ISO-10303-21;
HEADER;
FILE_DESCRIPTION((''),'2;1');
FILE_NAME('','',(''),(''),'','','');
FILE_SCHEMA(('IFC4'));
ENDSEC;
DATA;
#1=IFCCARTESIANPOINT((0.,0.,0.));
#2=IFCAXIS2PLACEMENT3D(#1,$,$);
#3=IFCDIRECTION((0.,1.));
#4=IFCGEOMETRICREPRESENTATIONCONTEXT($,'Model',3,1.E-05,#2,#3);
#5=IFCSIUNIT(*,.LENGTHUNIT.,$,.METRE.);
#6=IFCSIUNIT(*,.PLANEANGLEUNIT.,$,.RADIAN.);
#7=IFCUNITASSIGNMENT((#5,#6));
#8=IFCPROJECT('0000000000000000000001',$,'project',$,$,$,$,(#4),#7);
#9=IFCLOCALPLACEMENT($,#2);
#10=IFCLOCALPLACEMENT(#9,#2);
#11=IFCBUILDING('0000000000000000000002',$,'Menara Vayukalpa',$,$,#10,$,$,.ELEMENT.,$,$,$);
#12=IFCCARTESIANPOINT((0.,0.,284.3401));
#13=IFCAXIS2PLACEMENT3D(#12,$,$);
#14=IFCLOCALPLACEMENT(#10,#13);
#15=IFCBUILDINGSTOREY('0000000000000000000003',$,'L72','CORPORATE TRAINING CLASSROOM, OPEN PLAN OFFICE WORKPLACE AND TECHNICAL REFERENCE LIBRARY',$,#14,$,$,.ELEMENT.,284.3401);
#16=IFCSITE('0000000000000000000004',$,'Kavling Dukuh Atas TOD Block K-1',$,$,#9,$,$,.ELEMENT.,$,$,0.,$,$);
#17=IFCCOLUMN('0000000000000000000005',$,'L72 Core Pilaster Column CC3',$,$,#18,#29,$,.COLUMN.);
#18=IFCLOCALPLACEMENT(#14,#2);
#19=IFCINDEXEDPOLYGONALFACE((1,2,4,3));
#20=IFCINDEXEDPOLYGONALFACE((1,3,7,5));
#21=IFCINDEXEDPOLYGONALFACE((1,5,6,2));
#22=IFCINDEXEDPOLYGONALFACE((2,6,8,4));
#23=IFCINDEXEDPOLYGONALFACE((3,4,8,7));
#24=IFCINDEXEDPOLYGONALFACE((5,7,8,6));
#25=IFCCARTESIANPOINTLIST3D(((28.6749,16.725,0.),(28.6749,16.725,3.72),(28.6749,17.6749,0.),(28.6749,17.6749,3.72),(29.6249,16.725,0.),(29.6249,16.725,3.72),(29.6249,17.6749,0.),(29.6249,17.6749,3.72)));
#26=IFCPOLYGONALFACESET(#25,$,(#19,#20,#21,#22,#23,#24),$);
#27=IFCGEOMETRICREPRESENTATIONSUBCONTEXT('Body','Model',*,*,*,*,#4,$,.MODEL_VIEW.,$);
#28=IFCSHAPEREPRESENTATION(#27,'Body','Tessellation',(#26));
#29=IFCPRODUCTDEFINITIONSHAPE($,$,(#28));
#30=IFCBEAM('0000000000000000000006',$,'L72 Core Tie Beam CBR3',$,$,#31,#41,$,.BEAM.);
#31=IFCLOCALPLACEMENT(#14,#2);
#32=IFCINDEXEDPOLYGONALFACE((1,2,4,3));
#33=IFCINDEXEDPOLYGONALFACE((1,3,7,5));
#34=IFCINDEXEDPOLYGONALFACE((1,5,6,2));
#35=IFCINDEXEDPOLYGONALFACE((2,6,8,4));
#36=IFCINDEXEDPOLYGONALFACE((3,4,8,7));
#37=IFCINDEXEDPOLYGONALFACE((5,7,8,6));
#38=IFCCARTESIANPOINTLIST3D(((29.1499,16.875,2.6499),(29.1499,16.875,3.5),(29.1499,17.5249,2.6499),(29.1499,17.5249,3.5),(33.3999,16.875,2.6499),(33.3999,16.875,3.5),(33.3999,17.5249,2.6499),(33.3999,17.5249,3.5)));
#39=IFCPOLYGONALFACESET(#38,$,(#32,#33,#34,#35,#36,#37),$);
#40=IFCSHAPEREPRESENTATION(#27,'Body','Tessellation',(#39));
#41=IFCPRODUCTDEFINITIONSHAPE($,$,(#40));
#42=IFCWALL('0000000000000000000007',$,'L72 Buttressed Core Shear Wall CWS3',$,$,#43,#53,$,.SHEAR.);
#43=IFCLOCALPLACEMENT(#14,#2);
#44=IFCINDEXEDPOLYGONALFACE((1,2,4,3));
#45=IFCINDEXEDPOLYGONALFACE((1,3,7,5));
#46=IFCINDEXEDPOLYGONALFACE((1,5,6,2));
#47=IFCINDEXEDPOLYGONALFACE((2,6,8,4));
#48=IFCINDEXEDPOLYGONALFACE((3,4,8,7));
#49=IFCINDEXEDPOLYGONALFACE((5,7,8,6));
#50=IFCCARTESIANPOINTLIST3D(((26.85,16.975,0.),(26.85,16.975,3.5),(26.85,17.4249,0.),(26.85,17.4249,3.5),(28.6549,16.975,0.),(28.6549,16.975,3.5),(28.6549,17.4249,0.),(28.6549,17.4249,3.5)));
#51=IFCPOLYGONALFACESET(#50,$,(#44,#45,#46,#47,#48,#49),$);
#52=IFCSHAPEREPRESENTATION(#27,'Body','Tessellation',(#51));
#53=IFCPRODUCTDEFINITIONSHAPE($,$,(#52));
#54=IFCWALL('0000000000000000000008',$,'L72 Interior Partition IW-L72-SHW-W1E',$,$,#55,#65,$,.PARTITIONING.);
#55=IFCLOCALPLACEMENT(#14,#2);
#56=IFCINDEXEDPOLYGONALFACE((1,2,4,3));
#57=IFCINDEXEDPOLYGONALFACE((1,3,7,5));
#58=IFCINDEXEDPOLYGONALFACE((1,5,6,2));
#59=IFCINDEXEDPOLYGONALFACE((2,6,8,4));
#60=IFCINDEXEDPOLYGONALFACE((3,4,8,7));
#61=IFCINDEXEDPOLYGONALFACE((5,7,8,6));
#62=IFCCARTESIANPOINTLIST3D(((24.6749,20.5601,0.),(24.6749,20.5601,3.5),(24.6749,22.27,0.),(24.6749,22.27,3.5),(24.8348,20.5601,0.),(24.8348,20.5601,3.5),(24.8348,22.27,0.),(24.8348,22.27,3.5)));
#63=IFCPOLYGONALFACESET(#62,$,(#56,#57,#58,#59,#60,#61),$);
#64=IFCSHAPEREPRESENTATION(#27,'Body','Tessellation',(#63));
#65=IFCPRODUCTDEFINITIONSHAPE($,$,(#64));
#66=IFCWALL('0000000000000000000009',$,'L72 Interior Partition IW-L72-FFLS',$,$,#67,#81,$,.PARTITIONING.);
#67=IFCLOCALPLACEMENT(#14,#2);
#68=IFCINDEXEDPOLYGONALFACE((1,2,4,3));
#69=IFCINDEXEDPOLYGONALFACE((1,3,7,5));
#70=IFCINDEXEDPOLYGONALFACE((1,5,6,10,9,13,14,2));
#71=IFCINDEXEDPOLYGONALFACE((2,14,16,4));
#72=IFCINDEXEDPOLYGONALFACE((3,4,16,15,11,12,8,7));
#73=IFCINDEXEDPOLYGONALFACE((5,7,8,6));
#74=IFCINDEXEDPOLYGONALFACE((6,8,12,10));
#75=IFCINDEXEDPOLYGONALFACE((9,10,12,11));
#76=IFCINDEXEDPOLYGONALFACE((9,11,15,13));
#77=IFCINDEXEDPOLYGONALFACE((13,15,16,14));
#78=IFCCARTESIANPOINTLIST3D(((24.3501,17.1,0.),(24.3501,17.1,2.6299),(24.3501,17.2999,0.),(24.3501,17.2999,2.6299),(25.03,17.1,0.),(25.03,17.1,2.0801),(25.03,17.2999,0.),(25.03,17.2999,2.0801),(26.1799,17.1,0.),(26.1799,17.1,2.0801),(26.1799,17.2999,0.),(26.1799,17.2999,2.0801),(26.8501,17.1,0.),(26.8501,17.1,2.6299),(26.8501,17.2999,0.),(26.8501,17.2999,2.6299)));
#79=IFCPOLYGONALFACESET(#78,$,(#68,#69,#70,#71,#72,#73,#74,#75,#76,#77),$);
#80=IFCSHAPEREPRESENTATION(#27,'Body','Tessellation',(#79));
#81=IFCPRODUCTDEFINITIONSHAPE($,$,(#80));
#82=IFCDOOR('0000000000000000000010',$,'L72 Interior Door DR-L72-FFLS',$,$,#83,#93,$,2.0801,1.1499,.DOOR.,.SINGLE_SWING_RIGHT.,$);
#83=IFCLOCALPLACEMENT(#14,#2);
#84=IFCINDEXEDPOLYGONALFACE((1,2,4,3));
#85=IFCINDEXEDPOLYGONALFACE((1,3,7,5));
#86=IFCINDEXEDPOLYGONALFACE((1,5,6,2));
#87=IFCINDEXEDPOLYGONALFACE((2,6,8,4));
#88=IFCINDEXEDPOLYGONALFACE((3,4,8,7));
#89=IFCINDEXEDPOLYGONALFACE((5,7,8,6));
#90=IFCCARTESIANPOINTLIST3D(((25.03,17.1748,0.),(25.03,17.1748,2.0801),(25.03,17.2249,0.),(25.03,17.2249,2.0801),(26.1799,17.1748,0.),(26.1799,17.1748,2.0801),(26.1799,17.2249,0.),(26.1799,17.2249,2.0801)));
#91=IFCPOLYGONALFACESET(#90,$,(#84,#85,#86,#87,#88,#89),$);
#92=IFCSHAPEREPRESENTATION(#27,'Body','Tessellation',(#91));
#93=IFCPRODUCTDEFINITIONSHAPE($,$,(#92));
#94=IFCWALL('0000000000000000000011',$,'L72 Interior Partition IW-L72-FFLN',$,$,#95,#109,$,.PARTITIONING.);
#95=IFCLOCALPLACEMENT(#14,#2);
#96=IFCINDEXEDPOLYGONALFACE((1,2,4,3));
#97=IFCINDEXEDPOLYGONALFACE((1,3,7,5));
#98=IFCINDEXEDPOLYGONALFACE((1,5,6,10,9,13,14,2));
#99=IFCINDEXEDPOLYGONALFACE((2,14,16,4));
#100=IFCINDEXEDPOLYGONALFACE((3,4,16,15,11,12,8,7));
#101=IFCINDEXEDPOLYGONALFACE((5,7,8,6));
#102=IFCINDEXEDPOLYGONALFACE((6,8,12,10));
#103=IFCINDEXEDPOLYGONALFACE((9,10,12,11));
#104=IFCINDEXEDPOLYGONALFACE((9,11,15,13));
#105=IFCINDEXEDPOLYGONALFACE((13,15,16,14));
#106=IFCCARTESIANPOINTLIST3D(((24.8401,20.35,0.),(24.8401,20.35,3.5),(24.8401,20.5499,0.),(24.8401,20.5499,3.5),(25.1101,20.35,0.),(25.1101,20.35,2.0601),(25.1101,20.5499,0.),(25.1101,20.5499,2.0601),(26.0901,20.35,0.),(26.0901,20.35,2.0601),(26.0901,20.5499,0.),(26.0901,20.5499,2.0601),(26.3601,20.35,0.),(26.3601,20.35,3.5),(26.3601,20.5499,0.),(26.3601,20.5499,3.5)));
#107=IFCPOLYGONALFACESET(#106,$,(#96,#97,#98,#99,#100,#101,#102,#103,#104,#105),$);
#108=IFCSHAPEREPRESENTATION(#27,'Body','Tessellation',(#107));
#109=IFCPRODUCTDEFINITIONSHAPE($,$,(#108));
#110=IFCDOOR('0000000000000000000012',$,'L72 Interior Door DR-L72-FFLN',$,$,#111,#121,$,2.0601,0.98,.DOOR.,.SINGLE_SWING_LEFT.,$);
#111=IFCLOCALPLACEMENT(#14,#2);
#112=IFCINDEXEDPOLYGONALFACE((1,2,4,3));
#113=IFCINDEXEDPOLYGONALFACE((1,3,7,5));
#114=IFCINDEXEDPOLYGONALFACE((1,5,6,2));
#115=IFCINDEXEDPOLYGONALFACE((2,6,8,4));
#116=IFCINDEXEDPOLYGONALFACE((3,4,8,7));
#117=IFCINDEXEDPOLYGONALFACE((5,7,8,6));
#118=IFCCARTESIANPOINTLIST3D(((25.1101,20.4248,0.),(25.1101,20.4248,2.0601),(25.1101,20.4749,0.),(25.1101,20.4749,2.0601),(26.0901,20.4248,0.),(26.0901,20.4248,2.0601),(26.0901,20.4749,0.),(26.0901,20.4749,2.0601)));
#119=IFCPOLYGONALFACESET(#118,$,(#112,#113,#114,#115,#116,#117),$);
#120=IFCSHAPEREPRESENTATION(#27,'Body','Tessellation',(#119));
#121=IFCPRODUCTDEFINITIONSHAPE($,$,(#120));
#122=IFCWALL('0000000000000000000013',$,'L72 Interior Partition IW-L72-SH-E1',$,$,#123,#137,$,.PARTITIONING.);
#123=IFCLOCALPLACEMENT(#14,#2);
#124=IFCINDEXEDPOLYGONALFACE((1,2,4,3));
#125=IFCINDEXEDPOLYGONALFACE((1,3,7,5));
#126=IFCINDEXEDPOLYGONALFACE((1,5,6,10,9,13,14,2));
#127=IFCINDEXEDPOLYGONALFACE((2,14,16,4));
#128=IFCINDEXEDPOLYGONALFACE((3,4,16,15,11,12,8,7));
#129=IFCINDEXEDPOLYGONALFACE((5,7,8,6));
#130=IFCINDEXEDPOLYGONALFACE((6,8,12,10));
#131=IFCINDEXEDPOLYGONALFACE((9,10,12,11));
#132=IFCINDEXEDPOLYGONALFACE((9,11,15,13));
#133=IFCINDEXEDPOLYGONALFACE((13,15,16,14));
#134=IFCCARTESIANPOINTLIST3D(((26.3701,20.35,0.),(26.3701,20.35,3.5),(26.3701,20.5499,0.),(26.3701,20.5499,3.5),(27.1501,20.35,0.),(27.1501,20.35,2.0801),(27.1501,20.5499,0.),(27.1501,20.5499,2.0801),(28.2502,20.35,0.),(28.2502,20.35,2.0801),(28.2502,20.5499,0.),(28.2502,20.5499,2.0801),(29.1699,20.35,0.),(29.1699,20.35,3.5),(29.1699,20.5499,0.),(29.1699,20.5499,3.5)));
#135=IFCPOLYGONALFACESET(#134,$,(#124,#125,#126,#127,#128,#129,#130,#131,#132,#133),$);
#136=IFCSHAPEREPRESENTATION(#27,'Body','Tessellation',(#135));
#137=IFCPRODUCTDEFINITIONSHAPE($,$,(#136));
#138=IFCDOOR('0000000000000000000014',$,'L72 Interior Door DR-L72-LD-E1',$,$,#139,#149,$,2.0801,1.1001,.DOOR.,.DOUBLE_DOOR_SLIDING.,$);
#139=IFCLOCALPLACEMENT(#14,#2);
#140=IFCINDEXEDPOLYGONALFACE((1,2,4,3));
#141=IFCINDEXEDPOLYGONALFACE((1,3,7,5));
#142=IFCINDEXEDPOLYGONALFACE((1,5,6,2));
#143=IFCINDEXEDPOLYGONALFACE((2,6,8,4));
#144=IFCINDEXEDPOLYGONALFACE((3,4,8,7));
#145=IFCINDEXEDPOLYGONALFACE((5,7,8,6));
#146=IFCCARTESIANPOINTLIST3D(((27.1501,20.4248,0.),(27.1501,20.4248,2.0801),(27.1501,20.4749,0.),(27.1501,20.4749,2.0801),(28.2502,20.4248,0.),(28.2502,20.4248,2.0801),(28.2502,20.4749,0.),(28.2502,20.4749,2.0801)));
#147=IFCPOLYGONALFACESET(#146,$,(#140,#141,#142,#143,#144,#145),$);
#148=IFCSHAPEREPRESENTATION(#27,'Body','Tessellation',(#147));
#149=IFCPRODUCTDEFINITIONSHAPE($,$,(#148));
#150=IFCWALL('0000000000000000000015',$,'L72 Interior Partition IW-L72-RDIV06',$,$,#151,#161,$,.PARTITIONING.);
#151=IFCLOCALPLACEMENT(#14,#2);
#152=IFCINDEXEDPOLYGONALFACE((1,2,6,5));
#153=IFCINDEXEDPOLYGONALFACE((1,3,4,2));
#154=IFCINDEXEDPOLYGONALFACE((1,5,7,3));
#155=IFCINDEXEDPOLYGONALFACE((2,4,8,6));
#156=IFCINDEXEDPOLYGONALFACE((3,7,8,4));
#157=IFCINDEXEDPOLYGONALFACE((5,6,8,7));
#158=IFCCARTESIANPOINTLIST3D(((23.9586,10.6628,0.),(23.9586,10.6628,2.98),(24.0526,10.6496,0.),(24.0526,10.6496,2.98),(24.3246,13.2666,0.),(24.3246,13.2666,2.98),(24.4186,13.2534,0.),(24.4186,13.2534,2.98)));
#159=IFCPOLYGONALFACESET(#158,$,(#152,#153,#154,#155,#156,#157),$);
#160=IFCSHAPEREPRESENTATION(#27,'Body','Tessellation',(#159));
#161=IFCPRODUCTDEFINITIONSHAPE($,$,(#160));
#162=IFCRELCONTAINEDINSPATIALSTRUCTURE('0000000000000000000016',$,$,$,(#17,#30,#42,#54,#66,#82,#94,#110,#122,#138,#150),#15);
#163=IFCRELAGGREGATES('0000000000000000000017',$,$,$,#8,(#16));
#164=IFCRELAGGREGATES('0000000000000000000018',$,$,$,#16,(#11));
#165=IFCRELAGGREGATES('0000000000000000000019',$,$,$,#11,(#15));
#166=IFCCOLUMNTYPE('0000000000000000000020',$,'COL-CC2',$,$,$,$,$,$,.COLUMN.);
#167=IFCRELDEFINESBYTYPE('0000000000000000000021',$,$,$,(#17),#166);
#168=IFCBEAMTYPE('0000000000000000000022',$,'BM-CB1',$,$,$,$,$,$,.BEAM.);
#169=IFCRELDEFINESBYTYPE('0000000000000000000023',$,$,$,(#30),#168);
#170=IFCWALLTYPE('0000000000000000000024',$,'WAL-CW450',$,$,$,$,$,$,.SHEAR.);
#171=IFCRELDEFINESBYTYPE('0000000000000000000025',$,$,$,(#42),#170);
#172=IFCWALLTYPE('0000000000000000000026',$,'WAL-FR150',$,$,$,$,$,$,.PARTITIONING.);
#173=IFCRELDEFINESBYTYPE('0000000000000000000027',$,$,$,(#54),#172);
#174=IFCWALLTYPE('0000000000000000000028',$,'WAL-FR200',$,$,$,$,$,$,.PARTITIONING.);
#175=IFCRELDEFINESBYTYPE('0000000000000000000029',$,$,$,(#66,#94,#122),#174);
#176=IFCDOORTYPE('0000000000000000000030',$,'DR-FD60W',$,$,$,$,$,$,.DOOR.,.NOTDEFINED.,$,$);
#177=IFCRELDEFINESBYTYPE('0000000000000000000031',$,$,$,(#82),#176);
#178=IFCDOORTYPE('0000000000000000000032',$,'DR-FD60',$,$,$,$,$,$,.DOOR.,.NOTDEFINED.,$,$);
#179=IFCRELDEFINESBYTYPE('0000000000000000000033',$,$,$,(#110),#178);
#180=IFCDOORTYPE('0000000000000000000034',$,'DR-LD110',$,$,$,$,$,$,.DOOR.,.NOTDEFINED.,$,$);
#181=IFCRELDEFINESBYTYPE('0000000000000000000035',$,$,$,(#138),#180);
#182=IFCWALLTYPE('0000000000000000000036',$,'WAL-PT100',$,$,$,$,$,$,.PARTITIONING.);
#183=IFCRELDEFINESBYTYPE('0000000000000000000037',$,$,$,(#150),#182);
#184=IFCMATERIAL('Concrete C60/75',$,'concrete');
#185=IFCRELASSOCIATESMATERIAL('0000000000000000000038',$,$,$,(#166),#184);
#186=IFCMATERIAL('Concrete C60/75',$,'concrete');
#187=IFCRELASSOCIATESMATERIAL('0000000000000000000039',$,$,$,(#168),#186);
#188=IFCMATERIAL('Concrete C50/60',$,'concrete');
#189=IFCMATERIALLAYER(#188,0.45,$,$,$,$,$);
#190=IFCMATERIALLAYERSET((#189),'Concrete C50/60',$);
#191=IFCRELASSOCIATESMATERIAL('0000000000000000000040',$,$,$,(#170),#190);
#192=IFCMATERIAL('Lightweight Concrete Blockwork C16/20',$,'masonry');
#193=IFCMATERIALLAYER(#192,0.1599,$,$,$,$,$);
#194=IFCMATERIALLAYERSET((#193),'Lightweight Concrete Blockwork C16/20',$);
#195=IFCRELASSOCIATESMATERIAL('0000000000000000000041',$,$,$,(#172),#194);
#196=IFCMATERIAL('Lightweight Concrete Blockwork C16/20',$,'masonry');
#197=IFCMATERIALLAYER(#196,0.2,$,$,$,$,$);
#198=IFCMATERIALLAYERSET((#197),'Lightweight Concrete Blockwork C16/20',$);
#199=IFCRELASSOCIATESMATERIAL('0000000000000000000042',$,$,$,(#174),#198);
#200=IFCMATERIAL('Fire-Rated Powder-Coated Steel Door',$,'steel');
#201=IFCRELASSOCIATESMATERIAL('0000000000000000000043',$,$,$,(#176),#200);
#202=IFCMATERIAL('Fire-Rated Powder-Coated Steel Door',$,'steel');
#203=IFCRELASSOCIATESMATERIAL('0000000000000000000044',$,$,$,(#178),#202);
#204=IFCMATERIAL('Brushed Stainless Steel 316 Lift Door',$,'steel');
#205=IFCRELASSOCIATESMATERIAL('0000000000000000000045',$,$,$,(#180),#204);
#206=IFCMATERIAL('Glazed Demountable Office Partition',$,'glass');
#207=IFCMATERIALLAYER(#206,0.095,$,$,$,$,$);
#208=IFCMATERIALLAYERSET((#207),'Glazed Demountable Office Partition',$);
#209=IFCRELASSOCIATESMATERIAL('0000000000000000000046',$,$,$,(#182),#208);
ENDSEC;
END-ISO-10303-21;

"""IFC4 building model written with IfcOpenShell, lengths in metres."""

from ifc_helpers import new_model, si_unit, direction, frame, frame_2d, origin, origin_2d, place, context, subcontext, project, spatial, rectangle, extrude, material, layer, layer_set, material_profile, profile_set, type_object, element, fill, save


model = new_model("IFC4")

# Units and contexts
model_context = context("Model", 3, precision=1e-05, world=origin(), true_north=direction((0.0, 1.0)))
body_context = subcontext(model_context, "Body", "Model", "MODEL_VIEW")
ifc_project = project(units=[si_unit("LENGTHUNIT", "METRE"), si_unit("PLANEANGLEUNIT", "RADIAN")], contexts=[model_context])

# Site, building, storey
site_placement = place(None, origin())
site = spatial("IfcSite", under=ifc_project, at=site_placement, Name="Kavling Dukuh Atas TOD Block K-1", CompositionType="ELEMENT", RefElevation=0.0)
building_placement = place(site_placement, origin())
building = spatial("IfcBuilding", under=site, at=building_placement, Name="Menara Vayukalpa", CompositionType="ELEMENT")
storey_placement = place(building_placement, frame((0.0, 0.0, 284.3401)))
storey = spatial("IfcBuildingStorey", under=building, at=storey_placement, Name="L72", Description="CORPORATE TRAINING CLASSROOM, OPEN PLAN OFFICE WORKPLACE AND TECHNICAL REFERENCE LIBRARY", CompositionType="ELEMENT", Elevation=284.3401)

# Column
ifc_material_1 = material(Name="Concrete C60/75", Category="concrete")
ifc_material_profile_1 = material_profile(ifc_material_1, rectangle(XDim=0.95, YDim=0.95, at=origin_2d()), Name="RC 950x950")
ifc_profile_set_1 = profile_set([ifc_material_profile_1], Name="Concrete C60/75")
column_type = type_object("IfcColumnType", Name="COL-CC2", PredefinedType="COLUMN", material=ifc_profile_set_1)
column_placement = place(storey_placement, frame((29.1499, 17.2, 0.0), z_axis=(0.0, 0.0, 1.0), x_axis=(1.0, 0.0, 0.0)))
element("IfcColumn", 1, at=column_placement, inside=storey, type_object=column_type, Name="L72 Core Pilaster Column CC3", PredefinedType="COLUMN", context=body_context, shape_type="SweptSolid", body=[
    extrude(rectangle(XDim=0.95, YDim=0.95, at=origin_2d()), origin(), (0.0, 0.0, 1.0), 3.72),
])

# Beam
ifc_material_2 = material(Name="Concrete C60/75", Category="concrete")
ifc_material_profile_2 = material_profile(ifc_material_2, rectangle(XDim=0.6499, YDim=0.8501, at=origin_2d()), Name="RC 650x850")
ifc_profile_set_2 = profile_set([ifc_material_profile_2], Name="Concrete C60/75")
beam_type = type_object("IfcBeamType", Name="BM-CB1", PredefinedType="BEAM", material=ifc_profile_set_2)
beam_placement = place(storey_placement, frame((29.1499, 17.2, 3.075), z_axis=(1.0, 0.0, 0.0), x_axis=(0.0, 1.0, 0.0)))
element("IfcBeam", 2, at=beam_placement, inside=storey, type_object=beam_type, Name="L72 Core Tie Beam CBR3", PredefinedType="BEAM", context=body_context, shape_type="SweptSolid", body=[
    extrude(rectangle(XDim=0.6499, YDim=0.8501, at=origin_2d()), origin(), (0.0, 0.0, 1.0), 4.25),
])

# Walls
ifc_material_3 = material(Name="Concrete C50/60", Category="concrete")
ifc_layer_1 = layer(ifc_material_3, 0.45)
ifc_layer_set_1 = layer_set([ifc_layer_1], Name="Concrete C50/60")
wall_type_1 = type_object("IfcWallType", Name="WAL-CW450", PredefinedType="SHEAR", material=ifc_layer_set_1)
wall_1_placement = place(storey_placement, frame((26.8501, 17.2, 0.0), z_axis=(0.0, 0.0, 1.0), x_axis=(1.0, 0.0, 0.0)))
element("IfcWall", 3, at=wall_1_placement, inside=storey, type_object=wall_type_1, Name="L72 Buttressed Core Shear Wall CWS3", PredefinedType="SHEAR", context=body_context, shape_type="SweptSolid", body=[
    extrude(rectangle(XDim=1.8049, YDim=0.45, at=frame_2d((0.9023, 0.0))), origin(), (0.0, 0.0, 1.0), 3.5),
])
ifc_material_4 = material(Name="Lightweight Concrete Blockwork C16/20", Category="masonry")
ifc_layer_2 = layer(ifc_material_4, 0.1599)
ifc_layer_set_2 = layer_set([ifc_layer_2], Name="Lightweight Concrete Blockwork C16/20")
wall_type_2 = type_object("IfcWallType", Name="WAL-FR150", PredefinedType="PARTITIONING", material=ifc_layer_set_2)
wall_2_placement = place(storey_placement, frame((24.7549, 20.5601, 0.0), z_axis=(0.0, 0.0, 1.0), x_axis=(0.0, 1.0, 0.0)))
element("IfcWall", 4, at=wall_2_placement, inside=storey, type_object=wall_type_2, Name="L72 Interior Partition IW-L72-SHW-W1E", PredefinedType="PARTITIONING", context=body_context, shape_type="SweptSolid", body=[
    extrude(rectangle(XDim=1.71, YDim=0.1599, at=frame_2d((0.855, 0.0))), origin(), (0.0, 0.0, 1.0), 3.5),
])

# Walls, openings, doors
ifc_material_5 = material(Name="Lightweight Concrete Blockwork C16/20", Category="masonry")
ifc_layer_3 = layer(ifc_material_5, 0.2)
ifc_layer_set_3 = layer_set([ifc_layer_3], Name="Lightweight Concrete Blockwork C16/20")
wall_type_3 = type_object("IfcWallType", Name="WAL-FR200", PredefinedType="PARTITIONING", material=ifc_layer_set_3)
wall_3_placement = place(storey_placement, frame((24.3501, 17.2, 0.0), z_axis=(0.0, 0.0, 1.0), x_axis=(1.0, 0.0, 0.0)))
wall_3 = element("IfcWall", 5, at=wall_3_placement, inside=storey, type_object=wall_type_3, Name="L72 Interior Partition IW-L72-FFLS", PredefinedType="PARTITIONING", context=body_context, shape_type="SweptSolid", body=[
    extrude(rectangle(XDim=2.5, YDim=0.2, at=frame_2d((1.25, 0.0))), origin(), (0.0, 0.0, 1.0), 2.6299),
])
opening_1_placement = place(wall_3_placement, frame((0.6799, 0.0, 0.0)))
opening_1 = element("IfcOpeningElement", 6, at=opening_1_placement, cuts=wall_3, PredefinedType="OPENING", context=body_context, shape_type="SweptSolid", body=[
    extrude(rectangle(XDim=1.1499, YDim=2.0801, at=frame_2d((0.575, 1.04))), frame((0.0, 0.1099, 0.0), z_axis=(0.0, -1.0, 0.0), x_axis=(1.0, 0.0, 0.0)), (0.0, 0.0, 1.0), 0.22),
])
ifc_material_6 = material(Name="Fire-Rated Powder-Coated Steel Door", Category="steel")
door_type_1 = type_object("IfcDoorType", Name="DR-FD60W", OperationType="NOTDEFINED", PredefinedType="DOOR", material=ifc_material_6)
door_1_placement = place(opening_1_placement, origin())
door_1 = element("IfcDoor", 7, at=door_1_placement, inside=storey, type_object=door_type_1, Name="L72 Interior Door DR-L72-FFLS", OperationType="SINGLE_SWING_RIGHT", OverallHeight=2.0801, OverallWidth=1.1499, PredefinedType="DOOR", context=body_context, shape_type="SweptSolid", body=[
    extrude(rectangle(XDim=1.1499, YDim=2.0801, at=frame_2d((0.575, 1.04))), frame((0.0, 0.0249, 0.0), z_axis=(0.0, -1.0, 0.0), x_axis=(1.0, 0.0, 0.0)), (0.0, 0.0, 1.0), 0.05),
])
fill(opening_1, door_1)
wall_4_placement = place(storey_placement, frame((24.8401, 20.45, 0.0), z_axis=(0.0, 0.0, 1.0), x_axis=(1.0, 0.0, 0.0)))
wall_4 = element("IfcWall", 8, at=wall_4_placement, inside=storey, type_object=wall_type_3, Name="L72 Interior Partition IW-L72-FFLN", PredefinedType="PARTITIONING", context=body_context, shape_type="SweptSolid", body=[
    extrude(rectangle(XDim=1.52, YDim=0.2, at=frame_2d((0.76, 0.0))), origin(), (0.0, 0.0, 1.0), 3.5),
])
opening_2_placement = place(wall_4_placement, frame((0.27, 0.0, 0.0)))
opening_2 = element("IfcOpeningElement", 9, at=opening_2_placement, cuts=wall_4, PredefinedType="OPENING", context=body_context, shape_type="SweptSolid", body=[
    extrude(rectangle(XDim=0.98, YDim=2.0601, at=frame_2d((0.49, 1.03))), frame((0.0, 0.1099, 0.0), z_axis=(0.0, -1.0, 0.0), x_axis=(1.0, 0.0, 0.0)), (0.0, 0.0, 1.0), 0.22),
])
ifc_material_7 = material(Name="Fire-Rated Powder-Coated Steel Door", Category="steel")
door_type_2 = type_object("IfcDoorType", Name="DR-FD60", OperationType="NOTDEFINED", PredefinedType="DOOR", material=ifc_material_7)
door_2_placement = place(opening_2_placement, origin())
door_2 = element("IfcDoor", 10, at=door_2_placement, inside=storey, type_object=door_type_2, Name="L72 Interior Door DR-L72-FFLN", OperationType="SINGLE_SWING_LEFT", OverallHeight=2.0601, OverallWidth=0.98, PredefinedType="DOOR", context=body_context, shape_type="SweptSolid", body=[
    extrude(rectangle(XDim=0.98, YDim=2.0601, at=frame_2d((0.49, 1.03))), frame((0.0, 0.0249, 0.0), z_axis=(0.0, -1.0, 0.0), x_axis=(1.0, 0.0, 0.0)), (0.0, 0.0, 1.0), 0.05),
])
fill(opening_2, door_2)
wall_5_placement = place(storey_placement, frame((26.3701, 20.45, 0.0), z_axis=(0.0, 0.0, 1.0), x_axis=(1.0, 0.0, 0.0)))
wall_5 = element("IfcWall", 11, at=wall_5_placement, inside=storey, type_object=wall_type_3, Name="L72 Interior Partition IW-L72-SH-E1", PredefinedType="PARTITIONING", context=body_context, shape_type="SweptSolid", body=[
    extrude(rectangle(XDim=2.7998, YDim=0.2, at=frame_2d((1.3999, 0.0))), origin(), (0.0, 0.0, 1.0), 3.5),
])
opening_3_placement = place(wall_5_placement, frame((0.78, 0.0, 0.0)))
opening_3 = element("IfcOpeningElement", 12, at=opening_3_placement, cuts=wall_5, PredefinedType="OPENING", context=body_context, shape_type="SweptSolid", body=[
    extrude(rectangle(XDim=1.1001, YDim=2.0801, at=frame_2d((0.55, 1.04))), frame((0.0, 0.1099, 0.0), z_axis=(0.0, -1.0, 0.0), x_axis=(1.0, 0.0, 0.0)), (0.0, 0.0, 1.0), 0.22),
])
ifc_material_8 = material(Name="Brushed Stainless Steel 316 Lift Door", Category="steel")
door_type_3 = type_object("IfcDoorType", Name="DR-LD110", OperationType="NOTDEFINED", PredefinedType="DOOR", material=ifc_material_8)
door_3_placement = place(opening_3_placement, origin())
door_3 = element("IfcDoor", 13, at=door_3_placement, inside=storey, type_object=door_type_3, Name="L72 Interior Door DR-L72-LD-E1", OperationType="DOUBLE_DOOR_SLIDING", OverallHeight=2.0801, OverallWidth=1.1001, PredefinedType="DOOR", context=body_context, shape_type="SweptSolid", body=[
    extrude(rectangle(XDim=1.1001, YDim=2.0801, at=frame_2d((0.55, 1.04))), frame((0.0, 0.0249, 0.0), z_axis=(0.0, -1.0, 0.0), x_axis=(1.0, 0.0, 0.0)), (0.0, 0.0, 1.0), 0.05),
])
fill(opening_3, door_3)

# Wall
ifc_material_9 = material(Name="Glazed Demountable Office Partition", Category="glass")
ifc_layer_4 = layer(ifc_material_9, 0.095)
ifc_layer_set_4 = layer_set([ifc_layer_4], Name="Glazed Demountable Office Partition")
wall_type_4 = type_object("IfcWallType", Name="WAL-PT100", PredefinedType="PARTITIONING", material=ifc_layer_set_4)
wall_6_placement = place(storey_placement, frame((24.3716, 13.26, 0.0), z_axis=(0.0, 0.0, 1.0), x_axis=(-0.139185, -0.990266, 0.0)))
element("IfcWall", 14, at=wall_6_placement, inside=storey, type_object=wall_type_4, Name="L72 Interior Partition IW-L72-RDIV06", PredefinedType="PARTITIONING", context=body_context, shape_type="SweptSolid", body=[
    extrude(rectangle(XDim=2.6294, YDim=0.095, at=frame_2d((1.3147, 0.0))), origin(), (0.0, 0.0, 1.0), 2.98),
])

save(model, "model.ifc")
